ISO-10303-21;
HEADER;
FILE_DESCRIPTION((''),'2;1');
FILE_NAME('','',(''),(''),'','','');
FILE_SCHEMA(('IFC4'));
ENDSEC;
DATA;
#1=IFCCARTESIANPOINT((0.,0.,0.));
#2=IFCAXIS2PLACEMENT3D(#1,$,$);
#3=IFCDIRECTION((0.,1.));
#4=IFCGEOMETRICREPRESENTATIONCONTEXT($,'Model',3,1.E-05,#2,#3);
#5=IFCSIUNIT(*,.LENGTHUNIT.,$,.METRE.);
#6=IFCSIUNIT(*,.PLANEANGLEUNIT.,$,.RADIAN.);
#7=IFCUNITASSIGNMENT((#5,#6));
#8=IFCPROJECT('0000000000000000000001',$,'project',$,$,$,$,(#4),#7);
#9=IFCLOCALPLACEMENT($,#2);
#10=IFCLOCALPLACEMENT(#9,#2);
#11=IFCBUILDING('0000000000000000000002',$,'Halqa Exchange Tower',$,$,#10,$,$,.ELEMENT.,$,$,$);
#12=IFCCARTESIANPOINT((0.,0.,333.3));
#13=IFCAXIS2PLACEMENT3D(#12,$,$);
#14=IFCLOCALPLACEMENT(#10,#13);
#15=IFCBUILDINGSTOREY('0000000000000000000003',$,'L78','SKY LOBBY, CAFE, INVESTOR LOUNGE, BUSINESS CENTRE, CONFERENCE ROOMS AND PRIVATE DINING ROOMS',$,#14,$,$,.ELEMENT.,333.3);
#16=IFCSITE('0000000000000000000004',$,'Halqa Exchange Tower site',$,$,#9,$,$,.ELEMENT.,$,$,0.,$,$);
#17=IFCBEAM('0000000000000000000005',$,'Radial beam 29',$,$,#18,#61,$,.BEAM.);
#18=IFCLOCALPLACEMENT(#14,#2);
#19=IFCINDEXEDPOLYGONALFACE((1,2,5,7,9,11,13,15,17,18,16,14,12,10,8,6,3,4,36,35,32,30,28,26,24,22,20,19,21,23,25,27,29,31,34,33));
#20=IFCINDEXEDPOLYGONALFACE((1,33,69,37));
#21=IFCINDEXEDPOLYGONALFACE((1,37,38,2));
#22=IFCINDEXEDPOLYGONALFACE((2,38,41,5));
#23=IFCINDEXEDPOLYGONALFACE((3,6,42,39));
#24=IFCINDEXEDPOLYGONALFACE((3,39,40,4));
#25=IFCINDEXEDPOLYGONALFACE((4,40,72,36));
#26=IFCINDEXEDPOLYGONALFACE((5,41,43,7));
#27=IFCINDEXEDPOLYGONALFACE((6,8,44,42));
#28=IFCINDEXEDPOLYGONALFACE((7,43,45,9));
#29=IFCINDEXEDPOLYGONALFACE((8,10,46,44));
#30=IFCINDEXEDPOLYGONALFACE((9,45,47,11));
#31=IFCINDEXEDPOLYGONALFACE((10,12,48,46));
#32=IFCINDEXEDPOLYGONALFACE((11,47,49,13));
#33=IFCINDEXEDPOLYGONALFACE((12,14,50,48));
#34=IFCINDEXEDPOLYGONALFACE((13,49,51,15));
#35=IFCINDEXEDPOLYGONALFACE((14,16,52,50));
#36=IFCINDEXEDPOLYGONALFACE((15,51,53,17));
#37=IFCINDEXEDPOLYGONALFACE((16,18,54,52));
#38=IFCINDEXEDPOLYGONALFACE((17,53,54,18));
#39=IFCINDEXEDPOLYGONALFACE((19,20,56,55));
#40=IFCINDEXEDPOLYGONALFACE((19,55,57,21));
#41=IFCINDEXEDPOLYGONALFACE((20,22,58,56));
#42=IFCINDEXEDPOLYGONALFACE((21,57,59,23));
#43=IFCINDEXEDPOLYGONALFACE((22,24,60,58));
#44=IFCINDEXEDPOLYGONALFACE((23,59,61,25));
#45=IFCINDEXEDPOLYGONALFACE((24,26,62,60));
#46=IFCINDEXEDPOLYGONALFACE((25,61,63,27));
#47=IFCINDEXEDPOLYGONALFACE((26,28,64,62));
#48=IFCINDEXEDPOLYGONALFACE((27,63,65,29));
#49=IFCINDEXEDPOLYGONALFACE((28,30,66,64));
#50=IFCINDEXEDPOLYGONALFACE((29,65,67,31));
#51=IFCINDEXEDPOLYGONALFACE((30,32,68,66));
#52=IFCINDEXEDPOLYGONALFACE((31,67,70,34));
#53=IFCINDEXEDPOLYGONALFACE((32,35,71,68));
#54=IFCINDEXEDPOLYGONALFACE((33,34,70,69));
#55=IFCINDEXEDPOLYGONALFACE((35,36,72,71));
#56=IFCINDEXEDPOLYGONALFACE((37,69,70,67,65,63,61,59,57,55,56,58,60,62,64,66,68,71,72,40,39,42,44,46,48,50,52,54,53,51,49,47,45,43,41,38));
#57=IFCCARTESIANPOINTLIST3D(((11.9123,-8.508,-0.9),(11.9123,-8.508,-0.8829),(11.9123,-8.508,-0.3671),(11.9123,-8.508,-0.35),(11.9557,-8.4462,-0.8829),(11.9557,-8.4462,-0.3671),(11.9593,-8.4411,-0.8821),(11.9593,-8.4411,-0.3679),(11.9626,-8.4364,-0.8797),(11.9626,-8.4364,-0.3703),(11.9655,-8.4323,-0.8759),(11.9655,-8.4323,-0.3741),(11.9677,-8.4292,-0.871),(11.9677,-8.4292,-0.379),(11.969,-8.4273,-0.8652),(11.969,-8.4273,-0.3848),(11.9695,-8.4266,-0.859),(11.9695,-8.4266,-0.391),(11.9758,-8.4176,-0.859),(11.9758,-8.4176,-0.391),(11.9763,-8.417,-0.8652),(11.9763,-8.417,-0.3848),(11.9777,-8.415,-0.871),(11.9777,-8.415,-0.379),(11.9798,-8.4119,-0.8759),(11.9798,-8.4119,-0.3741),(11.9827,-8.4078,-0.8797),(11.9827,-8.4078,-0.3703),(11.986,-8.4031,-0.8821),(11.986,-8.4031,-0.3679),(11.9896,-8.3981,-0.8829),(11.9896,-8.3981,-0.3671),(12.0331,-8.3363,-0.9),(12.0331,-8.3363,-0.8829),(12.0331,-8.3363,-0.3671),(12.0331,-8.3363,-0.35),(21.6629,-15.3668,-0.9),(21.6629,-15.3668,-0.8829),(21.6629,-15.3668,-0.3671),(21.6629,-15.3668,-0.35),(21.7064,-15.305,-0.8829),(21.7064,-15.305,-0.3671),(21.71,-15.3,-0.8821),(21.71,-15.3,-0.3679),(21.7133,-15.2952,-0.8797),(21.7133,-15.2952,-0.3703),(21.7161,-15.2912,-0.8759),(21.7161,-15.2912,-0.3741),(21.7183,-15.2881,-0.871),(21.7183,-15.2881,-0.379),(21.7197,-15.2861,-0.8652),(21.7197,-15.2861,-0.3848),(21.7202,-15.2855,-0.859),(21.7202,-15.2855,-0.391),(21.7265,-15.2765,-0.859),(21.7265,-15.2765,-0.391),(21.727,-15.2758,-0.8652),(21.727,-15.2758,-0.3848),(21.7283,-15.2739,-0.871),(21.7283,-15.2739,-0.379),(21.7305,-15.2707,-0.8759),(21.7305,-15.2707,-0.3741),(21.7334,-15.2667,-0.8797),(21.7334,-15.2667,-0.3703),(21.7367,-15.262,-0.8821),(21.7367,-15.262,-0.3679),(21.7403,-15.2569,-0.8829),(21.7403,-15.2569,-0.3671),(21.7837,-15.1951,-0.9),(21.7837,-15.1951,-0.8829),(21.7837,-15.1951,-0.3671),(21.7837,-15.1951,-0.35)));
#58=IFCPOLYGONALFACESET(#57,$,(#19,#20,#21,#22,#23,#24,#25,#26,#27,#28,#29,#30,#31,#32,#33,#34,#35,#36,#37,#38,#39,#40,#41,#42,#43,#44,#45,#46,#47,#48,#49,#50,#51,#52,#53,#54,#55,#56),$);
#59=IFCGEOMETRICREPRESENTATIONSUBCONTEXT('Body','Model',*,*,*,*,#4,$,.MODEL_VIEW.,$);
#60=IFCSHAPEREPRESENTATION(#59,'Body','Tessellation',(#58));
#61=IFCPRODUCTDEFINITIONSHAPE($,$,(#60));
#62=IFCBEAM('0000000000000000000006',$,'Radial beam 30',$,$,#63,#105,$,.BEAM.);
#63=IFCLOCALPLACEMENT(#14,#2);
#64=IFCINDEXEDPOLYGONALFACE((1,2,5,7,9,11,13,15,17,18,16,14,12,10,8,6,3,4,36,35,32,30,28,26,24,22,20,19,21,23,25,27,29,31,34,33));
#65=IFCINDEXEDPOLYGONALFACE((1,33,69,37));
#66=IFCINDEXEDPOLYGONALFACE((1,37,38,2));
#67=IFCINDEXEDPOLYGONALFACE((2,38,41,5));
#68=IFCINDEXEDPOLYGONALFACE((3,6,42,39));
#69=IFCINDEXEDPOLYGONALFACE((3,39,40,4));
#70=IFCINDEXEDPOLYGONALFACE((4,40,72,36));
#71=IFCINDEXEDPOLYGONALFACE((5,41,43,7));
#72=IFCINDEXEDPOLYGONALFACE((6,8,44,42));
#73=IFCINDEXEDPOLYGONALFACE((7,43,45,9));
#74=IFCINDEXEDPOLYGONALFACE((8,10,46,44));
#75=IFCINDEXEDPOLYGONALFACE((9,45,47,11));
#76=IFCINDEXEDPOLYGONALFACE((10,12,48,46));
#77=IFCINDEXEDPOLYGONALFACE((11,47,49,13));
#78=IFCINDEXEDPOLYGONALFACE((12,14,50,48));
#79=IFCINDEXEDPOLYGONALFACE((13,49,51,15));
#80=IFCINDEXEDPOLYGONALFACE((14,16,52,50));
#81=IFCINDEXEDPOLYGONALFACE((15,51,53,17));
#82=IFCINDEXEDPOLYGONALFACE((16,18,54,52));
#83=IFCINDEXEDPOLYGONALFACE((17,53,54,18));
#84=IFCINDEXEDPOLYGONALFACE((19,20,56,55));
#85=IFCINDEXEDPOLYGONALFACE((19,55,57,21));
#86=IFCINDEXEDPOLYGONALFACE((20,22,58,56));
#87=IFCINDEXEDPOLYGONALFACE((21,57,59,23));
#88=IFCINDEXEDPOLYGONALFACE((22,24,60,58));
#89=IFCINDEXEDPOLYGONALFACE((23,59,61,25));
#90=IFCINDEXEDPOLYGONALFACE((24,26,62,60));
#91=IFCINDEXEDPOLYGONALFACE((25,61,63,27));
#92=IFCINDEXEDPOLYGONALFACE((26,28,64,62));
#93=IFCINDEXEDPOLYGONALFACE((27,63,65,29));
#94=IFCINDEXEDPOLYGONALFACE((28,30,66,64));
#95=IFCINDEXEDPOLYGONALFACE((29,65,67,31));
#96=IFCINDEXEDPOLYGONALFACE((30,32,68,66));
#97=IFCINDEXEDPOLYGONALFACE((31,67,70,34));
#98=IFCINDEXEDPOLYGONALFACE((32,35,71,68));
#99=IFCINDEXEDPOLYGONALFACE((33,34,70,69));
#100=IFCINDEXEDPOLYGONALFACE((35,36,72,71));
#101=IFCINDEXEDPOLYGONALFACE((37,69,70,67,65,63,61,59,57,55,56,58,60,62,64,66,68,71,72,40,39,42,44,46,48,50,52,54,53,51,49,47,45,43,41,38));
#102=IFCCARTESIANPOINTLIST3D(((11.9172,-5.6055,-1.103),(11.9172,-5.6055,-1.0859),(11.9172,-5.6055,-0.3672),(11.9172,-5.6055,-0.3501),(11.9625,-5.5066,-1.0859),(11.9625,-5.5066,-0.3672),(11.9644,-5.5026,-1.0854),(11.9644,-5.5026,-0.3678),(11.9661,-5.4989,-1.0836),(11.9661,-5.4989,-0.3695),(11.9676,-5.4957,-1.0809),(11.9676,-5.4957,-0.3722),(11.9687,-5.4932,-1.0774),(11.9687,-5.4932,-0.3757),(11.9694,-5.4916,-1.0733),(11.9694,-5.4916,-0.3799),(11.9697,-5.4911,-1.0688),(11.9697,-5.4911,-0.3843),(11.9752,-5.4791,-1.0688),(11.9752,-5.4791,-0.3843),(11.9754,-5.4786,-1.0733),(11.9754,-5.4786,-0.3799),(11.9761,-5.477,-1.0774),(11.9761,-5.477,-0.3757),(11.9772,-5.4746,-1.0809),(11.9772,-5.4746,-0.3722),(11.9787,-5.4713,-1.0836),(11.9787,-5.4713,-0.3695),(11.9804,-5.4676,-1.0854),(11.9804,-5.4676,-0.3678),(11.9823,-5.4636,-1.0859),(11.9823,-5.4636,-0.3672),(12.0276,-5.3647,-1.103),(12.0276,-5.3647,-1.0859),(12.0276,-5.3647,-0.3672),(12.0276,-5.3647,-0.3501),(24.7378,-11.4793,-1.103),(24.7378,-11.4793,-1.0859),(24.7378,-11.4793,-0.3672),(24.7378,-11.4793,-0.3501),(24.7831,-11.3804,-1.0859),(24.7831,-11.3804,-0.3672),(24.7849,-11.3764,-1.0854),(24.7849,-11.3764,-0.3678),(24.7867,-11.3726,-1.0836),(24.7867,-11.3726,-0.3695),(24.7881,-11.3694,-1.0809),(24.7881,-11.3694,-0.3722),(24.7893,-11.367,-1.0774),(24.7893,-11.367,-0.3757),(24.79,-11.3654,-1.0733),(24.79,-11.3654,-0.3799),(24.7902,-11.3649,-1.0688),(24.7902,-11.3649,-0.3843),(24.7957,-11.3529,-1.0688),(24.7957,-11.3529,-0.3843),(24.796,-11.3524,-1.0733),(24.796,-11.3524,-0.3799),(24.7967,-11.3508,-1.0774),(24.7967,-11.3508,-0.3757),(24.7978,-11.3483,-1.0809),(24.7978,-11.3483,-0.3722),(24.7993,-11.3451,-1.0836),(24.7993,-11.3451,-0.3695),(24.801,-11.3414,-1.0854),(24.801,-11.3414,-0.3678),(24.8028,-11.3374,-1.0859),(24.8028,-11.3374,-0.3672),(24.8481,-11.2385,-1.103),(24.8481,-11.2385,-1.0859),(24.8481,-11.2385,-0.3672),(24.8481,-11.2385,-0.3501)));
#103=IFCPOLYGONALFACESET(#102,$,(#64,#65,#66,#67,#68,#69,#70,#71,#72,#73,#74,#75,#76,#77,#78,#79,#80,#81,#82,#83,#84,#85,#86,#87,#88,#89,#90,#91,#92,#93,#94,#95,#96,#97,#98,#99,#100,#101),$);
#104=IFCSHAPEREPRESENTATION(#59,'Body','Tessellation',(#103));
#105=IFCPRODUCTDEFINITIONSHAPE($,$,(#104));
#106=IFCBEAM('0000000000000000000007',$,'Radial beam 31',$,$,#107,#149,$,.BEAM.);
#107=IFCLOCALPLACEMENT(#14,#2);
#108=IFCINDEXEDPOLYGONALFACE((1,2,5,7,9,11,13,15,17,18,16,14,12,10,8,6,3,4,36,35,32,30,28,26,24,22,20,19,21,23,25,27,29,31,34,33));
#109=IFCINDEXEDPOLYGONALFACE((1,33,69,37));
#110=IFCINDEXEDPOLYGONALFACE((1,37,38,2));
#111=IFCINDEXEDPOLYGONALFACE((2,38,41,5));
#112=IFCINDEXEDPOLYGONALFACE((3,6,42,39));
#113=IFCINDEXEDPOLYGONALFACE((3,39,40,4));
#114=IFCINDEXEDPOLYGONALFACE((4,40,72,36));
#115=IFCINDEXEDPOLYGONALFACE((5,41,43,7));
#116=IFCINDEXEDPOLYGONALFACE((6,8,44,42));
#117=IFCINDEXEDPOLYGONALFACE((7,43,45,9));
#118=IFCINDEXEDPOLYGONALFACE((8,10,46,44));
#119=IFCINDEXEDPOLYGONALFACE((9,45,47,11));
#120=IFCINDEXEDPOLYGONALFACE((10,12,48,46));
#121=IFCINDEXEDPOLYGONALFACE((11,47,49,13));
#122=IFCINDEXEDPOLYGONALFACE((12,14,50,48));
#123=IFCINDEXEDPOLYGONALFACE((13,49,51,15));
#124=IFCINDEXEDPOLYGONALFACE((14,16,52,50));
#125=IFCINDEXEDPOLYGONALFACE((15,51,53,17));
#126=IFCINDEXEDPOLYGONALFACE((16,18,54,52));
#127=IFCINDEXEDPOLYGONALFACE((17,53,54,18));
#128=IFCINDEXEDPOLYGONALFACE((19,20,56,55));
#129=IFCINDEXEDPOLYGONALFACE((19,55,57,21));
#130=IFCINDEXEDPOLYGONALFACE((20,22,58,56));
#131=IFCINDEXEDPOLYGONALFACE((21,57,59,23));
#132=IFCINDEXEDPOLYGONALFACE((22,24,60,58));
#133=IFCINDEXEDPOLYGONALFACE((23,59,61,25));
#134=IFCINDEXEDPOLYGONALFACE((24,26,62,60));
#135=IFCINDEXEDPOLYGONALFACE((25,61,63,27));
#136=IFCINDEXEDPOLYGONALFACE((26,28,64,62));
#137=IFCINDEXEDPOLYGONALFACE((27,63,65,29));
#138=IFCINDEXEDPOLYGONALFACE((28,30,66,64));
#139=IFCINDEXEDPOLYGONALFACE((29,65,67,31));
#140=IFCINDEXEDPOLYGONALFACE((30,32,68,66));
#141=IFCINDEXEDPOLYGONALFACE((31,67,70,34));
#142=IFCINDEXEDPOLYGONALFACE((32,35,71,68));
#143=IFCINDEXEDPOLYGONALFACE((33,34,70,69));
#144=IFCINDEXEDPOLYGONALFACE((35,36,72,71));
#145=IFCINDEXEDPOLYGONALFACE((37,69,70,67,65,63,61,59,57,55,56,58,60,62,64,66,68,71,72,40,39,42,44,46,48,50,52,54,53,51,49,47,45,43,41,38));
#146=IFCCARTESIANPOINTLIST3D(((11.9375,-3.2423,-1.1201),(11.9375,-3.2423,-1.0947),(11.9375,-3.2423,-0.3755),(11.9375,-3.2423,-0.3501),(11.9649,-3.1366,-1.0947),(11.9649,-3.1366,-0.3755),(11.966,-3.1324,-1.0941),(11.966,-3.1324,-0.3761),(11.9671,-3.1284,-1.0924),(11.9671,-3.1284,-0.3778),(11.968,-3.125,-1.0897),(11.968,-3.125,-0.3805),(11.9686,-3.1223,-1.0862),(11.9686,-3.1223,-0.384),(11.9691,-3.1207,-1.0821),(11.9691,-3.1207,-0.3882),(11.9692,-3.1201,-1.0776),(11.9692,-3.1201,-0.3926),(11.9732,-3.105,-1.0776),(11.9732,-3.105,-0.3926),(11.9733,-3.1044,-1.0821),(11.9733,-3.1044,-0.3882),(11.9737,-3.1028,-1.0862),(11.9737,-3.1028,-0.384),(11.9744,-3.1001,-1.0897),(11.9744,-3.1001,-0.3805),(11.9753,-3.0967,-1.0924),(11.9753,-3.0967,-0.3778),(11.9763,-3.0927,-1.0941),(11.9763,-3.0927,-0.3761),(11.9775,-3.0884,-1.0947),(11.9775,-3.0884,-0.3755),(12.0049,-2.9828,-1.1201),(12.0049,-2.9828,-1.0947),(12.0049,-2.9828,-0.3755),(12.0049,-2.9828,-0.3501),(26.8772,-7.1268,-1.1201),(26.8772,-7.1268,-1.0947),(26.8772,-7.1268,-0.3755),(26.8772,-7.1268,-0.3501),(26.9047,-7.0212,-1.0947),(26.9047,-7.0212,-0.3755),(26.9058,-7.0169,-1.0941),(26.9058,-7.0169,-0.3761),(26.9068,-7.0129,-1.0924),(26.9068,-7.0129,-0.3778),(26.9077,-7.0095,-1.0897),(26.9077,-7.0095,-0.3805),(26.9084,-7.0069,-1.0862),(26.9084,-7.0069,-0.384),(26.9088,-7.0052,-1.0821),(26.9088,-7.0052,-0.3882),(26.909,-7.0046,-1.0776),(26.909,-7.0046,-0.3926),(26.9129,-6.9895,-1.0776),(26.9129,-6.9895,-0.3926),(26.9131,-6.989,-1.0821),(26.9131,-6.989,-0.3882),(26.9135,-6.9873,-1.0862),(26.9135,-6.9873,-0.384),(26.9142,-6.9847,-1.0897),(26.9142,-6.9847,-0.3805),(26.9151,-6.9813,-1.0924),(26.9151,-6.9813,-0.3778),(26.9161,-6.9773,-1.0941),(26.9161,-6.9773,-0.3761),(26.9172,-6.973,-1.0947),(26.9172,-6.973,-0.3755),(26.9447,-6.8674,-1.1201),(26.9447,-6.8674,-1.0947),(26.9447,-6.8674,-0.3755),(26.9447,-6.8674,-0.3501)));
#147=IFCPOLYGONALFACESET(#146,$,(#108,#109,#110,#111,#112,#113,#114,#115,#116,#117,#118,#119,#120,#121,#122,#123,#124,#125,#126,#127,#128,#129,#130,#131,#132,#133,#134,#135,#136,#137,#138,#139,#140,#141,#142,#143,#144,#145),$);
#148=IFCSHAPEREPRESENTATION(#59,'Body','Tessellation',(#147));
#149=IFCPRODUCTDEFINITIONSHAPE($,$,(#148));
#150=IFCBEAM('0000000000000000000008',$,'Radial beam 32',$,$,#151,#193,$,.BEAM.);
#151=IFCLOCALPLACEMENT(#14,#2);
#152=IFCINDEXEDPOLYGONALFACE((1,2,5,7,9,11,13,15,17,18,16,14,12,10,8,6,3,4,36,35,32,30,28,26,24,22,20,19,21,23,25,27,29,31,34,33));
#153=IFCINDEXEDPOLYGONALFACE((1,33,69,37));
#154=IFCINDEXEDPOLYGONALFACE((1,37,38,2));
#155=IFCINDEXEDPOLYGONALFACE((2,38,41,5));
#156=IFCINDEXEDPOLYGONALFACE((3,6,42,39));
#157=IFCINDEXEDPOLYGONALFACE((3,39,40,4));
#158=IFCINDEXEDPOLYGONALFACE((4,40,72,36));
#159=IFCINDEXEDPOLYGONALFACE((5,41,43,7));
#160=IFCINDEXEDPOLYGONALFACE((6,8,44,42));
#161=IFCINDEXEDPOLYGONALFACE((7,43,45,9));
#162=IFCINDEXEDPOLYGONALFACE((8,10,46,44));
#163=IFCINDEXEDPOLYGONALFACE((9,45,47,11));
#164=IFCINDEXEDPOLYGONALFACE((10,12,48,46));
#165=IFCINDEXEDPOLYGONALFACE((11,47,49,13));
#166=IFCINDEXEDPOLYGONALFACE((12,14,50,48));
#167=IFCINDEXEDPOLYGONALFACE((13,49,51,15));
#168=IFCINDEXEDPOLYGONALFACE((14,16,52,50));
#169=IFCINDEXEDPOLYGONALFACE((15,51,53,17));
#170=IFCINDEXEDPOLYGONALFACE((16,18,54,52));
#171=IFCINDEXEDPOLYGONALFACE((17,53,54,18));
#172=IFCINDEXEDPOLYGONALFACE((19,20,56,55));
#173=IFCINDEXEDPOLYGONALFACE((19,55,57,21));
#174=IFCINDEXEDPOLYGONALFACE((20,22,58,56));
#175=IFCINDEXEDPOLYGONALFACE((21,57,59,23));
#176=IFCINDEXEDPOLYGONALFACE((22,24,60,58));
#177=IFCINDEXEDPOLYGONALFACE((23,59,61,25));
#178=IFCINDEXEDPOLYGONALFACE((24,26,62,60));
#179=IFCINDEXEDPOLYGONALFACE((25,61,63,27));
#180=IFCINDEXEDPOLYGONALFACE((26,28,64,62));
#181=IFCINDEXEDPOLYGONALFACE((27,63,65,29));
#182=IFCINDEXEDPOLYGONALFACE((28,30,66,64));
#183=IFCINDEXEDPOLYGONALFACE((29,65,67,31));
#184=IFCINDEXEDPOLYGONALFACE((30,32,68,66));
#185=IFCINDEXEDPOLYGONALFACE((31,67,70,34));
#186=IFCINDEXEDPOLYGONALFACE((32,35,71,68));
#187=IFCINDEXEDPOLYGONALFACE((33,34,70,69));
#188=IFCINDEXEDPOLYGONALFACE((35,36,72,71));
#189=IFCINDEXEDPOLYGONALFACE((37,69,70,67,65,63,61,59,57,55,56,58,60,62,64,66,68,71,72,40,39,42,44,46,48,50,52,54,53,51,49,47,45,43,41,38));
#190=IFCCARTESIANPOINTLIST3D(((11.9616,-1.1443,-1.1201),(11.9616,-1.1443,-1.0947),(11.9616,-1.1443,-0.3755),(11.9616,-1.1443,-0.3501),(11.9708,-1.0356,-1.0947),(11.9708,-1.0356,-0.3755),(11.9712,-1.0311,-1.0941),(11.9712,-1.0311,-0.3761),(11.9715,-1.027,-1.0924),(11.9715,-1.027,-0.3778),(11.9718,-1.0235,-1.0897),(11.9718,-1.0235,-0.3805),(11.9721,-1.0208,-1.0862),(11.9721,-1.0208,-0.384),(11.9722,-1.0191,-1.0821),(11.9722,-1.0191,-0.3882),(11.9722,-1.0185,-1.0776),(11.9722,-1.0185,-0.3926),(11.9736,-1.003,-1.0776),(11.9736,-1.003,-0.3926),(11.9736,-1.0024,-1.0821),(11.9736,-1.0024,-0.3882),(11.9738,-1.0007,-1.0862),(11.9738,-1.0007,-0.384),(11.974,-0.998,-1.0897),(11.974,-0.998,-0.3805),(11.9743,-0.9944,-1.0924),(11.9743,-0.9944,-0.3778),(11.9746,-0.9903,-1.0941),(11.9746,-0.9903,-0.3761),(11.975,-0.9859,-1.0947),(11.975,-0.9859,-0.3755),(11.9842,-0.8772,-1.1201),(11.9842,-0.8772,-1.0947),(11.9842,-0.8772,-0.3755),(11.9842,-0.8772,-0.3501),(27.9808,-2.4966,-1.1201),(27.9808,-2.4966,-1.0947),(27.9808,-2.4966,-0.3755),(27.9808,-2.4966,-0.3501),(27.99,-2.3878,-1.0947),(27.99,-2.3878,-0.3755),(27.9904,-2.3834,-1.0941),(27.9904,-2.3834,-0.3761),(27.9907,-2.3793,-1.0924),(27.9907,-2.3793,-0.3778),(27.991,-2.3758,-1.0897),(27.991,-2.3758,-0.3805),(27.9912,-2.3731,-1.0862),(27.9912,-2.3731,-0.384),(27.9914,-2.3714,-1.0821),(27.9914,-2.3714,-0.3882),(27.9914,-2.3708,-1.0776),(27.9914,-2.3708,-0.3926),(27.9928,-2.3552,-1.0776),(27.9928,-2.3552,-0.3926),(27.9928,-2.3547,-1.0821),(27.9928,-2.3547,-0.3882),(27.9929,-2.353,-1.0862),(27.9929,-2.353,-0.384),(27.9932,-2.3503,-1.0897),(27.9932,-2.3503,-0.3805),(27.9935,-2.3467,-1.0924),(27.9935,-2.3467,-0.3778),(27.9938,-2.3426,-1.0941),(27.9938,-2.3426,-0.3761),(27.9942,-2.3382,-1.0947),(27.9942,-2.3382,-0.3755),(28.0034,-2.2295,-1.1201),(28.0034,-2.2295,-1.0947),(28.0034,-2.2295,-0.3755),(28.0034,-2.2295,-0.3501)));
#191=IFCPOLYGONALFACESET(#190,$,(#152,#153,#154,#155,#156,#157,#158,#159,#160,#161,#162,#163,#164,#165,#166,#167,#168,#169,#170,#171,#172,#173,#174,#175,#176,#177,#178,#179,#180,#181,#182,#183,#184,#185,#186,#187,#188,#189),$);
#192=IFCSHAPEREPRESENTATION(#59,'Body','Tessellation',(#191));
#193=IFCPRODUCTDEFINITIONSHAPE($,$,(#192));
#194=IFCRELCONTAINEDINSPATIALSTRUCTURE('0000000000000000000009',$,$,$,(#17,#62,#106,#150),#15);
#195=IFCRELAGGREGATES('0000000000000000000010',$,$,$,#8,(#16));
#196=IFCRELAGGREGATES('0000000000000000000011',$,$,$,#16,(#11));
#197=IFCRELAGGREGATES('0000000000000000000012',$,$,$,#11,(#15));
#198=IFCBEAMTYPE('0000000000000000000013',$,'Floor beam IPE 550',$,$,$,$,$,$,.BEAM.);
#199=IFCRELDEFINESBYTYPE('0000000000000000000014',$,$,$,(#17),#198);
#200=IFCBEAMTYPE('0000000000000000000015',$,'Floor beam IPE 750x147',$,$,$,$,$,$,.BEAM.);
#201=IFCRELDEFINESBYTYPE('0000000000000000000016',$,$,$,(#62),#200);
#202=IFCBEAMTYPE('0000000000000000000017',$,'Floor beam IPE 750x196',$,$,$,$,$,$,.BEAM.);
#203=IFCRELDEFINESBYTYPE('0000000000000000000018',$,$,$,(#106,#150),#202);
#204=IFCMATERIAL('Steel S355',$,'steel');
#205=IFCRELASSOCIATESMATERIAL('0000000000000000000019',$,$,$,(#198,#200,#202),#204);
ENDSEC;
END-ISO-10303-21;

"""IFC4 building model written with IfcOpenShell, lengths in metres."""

from ifc_helpers import new_model, si_unit, direction, frame, origin, origin_2d, place, context, subcontext, project, spatial, i_section, extrude, material, material_profile, profile_set, type_object, element, save


model = new_model("IFC4")

# Units and contexts
model_context = context("Model", 3, precision=1e-05, world=origin(), true_north=direction((0.0, 1.0)))
body_context = subcontext(model_context, "Body", "Model", "MODEL_VIEW")
ifc_project = project(units=[si_unit("LENGTHUNIT", "METRE"), si_unit("PLANEANGLEUNIT", "RADIAN")], contexts=[model_context])

# Site, building, storey
site_placement = place(None, origin())
site = spatial("IfcSite", under=ifc_project, at=site_placement, Name="Halqa Exchange Tower site", CompositionType="ELEMENT", RefElevation=0.0)
building_placement = place(site_placement, origin())
building = spatial("IfcBuilding", under=site, at=building_placement, Name="Halqa Exchange Tower", CompositionType="ELEMENT")
storey_placement = place(building_placement, frame((0.0, 0.0, 333.3)))
storey = spatial("IfcBuildingStorey", under=building, at=storey_placement, Name="L78", Description="SKY LOBBY, CAFE, INVESTOR LOUNGE, BUSINESS CENTRE, CONFERENCE ROOMS AND PRIVATE DINING ROOMS", CompositionType="ELEMENT", Elevation=333.3)

# Beams
ifc_material_1 = material(Name="Steel S355", Category="steel")
ifc_material_profile_1 = material_profile(ifc_material_1, i_section(OverallWidth=0.21, OverallDepth=0.55, WebThickness=0.011, FlangeThickness=0.0171, FilletRadius=0.0239, at=origin_2d()), Name="IPE 550")
ifc_profile_set_1 = profile_set([ifc_material_profile_1], Name="Steel S355")
beam_type_1 = type_object("IfcBeamType", Name="Floor beam IPE 550", PredefinedType="BEAM", material=ifc_profile_set_1)
beam_1_placement = place(storey_placement, frame((11.9727, -8.4221, -0.625), z_axis=(0.817915, -0.57534, 0.0), x_axis=(0.57534, 0.817915, 0.0)))
element("IfcBeam", 1, at=beam_1_placement, inside=storey, type_object=beam_type_1, Name="Radial beam 29", PredefinedType="BEAM", context=body_context, shape_type="SweptSolid", body=[
    extrude(i_section(OverallWidth=0.21, OverallDepth=0.55, WebThickness=0.011, FlangeThickness=0.0171, FilletRadius=0.0239, at=origin_2d()), origin(), (0.0, 0.0, 1.0), 11.9214),
])
ifc_material_profile_2 = material_profile(ifc_material_1, i_section(OverallWidth=0.2649, OverallDepth=0.7529, WebThickness=0.0132, FlangeThickness=0.0171, FilletRadius=0.0171, at=origin_2d()), Name="IPE 750x147")
ifc_profile_set_2 = profile_set([ifc_material_profile_2], Name="Steel S355")
beam_type_2 = type_object("IfcBeamType", Name="Floor beam IPE 750x147", PredefinedType="BEAM", material=ifc_profile_set_2)
beam_2_placement = place(storey_placement, frame((11.9724, -5.4851, -0.7266), z_axis=(0.909127, -0.416519, 0.0), x_axis=(0.416519, 0.909127, 0.0)))
element("IfcBeam", 2, at=beam_2_placement, inside=storey, type_object=beam_type_2, Name="Radial beam 30", PredefinedType="BEAM", context=body_context, shape_type="SweptSolid", body=[
    extrude(i_section(OverallWidth=0.2649, OverallDepth=0.7529, WebThickness=0.0132, FlangeThickness=0.0171, FilletRadius=0.0171, at=origin_2d()), origin(), (0.0, 0.0, 1.0), 14.1021),
])
ifc_material_profile_3 = material_profile(ifc_material_1, i_section(OverallWidth=0.2681, OverallDepth=0.77, WebThickness=0.0156, FlangeThickness=0.0254, FilletRadius=0.0171, at=origin_2d()), Name="IPE 750x196")
ifc_profile_set_3 = profile_set([ifc_material_profile_3], Name="Steel S355")
beam_type_3 = type_object("IfcBeamType", Name="Floor beam IPE 750x196", PredefinedType="BEAM", material=ifc_profile_set_3)
beam_3_placement = place(storey_placement, frame((11.9712, -3.1125, -0.7351), z_axis=(0.967819, -0.251646, 0.0), x_axis=(0.251646, 0.967819, 0.0)))
element("IfcBeam", 3, at=beam_3_placement, inside=storey, type_object=beam_type_3, Name="Radial beam 31", PredefinedType="BEAM", context=body_context, shape_type="SweptSolid", body=[
    extrude(i_section(OverallWidth=0.2681, OverallDepth=0.77, WebThickness=0.0156, FlangeThickness=0.0254, FilletRadius=0.0171, at=origin_2d()), origin(), (0.0, 0.0, 1.0), 15.4365),
])
beam_4_placement = place(storey_placement, frame((11.9729, -1.0107, -0.7351), z_axis=(0.996456, -0.084117, 0.0), x_axis=(0.084117, 0.996456, 0.0)))
element("IfcBeam", 4, at=beam_4_placement, inside=storey, type_object=beam_type_3, Name="Radial beam 32", PredefinedType="BEAM", context=body_context, shape_type="SweptSolid", body=[
    extrude(i_section(OverallWidth=0.2681, OverallDepth=0.77, WebThickness=0.0156, FlangeThickness=0.0254, FilletRadius=0.0171, at=origin_2d()), origin(), (0.0, 0.0, 1.0), 16.0762),
])

save(model, "model.ifc")
